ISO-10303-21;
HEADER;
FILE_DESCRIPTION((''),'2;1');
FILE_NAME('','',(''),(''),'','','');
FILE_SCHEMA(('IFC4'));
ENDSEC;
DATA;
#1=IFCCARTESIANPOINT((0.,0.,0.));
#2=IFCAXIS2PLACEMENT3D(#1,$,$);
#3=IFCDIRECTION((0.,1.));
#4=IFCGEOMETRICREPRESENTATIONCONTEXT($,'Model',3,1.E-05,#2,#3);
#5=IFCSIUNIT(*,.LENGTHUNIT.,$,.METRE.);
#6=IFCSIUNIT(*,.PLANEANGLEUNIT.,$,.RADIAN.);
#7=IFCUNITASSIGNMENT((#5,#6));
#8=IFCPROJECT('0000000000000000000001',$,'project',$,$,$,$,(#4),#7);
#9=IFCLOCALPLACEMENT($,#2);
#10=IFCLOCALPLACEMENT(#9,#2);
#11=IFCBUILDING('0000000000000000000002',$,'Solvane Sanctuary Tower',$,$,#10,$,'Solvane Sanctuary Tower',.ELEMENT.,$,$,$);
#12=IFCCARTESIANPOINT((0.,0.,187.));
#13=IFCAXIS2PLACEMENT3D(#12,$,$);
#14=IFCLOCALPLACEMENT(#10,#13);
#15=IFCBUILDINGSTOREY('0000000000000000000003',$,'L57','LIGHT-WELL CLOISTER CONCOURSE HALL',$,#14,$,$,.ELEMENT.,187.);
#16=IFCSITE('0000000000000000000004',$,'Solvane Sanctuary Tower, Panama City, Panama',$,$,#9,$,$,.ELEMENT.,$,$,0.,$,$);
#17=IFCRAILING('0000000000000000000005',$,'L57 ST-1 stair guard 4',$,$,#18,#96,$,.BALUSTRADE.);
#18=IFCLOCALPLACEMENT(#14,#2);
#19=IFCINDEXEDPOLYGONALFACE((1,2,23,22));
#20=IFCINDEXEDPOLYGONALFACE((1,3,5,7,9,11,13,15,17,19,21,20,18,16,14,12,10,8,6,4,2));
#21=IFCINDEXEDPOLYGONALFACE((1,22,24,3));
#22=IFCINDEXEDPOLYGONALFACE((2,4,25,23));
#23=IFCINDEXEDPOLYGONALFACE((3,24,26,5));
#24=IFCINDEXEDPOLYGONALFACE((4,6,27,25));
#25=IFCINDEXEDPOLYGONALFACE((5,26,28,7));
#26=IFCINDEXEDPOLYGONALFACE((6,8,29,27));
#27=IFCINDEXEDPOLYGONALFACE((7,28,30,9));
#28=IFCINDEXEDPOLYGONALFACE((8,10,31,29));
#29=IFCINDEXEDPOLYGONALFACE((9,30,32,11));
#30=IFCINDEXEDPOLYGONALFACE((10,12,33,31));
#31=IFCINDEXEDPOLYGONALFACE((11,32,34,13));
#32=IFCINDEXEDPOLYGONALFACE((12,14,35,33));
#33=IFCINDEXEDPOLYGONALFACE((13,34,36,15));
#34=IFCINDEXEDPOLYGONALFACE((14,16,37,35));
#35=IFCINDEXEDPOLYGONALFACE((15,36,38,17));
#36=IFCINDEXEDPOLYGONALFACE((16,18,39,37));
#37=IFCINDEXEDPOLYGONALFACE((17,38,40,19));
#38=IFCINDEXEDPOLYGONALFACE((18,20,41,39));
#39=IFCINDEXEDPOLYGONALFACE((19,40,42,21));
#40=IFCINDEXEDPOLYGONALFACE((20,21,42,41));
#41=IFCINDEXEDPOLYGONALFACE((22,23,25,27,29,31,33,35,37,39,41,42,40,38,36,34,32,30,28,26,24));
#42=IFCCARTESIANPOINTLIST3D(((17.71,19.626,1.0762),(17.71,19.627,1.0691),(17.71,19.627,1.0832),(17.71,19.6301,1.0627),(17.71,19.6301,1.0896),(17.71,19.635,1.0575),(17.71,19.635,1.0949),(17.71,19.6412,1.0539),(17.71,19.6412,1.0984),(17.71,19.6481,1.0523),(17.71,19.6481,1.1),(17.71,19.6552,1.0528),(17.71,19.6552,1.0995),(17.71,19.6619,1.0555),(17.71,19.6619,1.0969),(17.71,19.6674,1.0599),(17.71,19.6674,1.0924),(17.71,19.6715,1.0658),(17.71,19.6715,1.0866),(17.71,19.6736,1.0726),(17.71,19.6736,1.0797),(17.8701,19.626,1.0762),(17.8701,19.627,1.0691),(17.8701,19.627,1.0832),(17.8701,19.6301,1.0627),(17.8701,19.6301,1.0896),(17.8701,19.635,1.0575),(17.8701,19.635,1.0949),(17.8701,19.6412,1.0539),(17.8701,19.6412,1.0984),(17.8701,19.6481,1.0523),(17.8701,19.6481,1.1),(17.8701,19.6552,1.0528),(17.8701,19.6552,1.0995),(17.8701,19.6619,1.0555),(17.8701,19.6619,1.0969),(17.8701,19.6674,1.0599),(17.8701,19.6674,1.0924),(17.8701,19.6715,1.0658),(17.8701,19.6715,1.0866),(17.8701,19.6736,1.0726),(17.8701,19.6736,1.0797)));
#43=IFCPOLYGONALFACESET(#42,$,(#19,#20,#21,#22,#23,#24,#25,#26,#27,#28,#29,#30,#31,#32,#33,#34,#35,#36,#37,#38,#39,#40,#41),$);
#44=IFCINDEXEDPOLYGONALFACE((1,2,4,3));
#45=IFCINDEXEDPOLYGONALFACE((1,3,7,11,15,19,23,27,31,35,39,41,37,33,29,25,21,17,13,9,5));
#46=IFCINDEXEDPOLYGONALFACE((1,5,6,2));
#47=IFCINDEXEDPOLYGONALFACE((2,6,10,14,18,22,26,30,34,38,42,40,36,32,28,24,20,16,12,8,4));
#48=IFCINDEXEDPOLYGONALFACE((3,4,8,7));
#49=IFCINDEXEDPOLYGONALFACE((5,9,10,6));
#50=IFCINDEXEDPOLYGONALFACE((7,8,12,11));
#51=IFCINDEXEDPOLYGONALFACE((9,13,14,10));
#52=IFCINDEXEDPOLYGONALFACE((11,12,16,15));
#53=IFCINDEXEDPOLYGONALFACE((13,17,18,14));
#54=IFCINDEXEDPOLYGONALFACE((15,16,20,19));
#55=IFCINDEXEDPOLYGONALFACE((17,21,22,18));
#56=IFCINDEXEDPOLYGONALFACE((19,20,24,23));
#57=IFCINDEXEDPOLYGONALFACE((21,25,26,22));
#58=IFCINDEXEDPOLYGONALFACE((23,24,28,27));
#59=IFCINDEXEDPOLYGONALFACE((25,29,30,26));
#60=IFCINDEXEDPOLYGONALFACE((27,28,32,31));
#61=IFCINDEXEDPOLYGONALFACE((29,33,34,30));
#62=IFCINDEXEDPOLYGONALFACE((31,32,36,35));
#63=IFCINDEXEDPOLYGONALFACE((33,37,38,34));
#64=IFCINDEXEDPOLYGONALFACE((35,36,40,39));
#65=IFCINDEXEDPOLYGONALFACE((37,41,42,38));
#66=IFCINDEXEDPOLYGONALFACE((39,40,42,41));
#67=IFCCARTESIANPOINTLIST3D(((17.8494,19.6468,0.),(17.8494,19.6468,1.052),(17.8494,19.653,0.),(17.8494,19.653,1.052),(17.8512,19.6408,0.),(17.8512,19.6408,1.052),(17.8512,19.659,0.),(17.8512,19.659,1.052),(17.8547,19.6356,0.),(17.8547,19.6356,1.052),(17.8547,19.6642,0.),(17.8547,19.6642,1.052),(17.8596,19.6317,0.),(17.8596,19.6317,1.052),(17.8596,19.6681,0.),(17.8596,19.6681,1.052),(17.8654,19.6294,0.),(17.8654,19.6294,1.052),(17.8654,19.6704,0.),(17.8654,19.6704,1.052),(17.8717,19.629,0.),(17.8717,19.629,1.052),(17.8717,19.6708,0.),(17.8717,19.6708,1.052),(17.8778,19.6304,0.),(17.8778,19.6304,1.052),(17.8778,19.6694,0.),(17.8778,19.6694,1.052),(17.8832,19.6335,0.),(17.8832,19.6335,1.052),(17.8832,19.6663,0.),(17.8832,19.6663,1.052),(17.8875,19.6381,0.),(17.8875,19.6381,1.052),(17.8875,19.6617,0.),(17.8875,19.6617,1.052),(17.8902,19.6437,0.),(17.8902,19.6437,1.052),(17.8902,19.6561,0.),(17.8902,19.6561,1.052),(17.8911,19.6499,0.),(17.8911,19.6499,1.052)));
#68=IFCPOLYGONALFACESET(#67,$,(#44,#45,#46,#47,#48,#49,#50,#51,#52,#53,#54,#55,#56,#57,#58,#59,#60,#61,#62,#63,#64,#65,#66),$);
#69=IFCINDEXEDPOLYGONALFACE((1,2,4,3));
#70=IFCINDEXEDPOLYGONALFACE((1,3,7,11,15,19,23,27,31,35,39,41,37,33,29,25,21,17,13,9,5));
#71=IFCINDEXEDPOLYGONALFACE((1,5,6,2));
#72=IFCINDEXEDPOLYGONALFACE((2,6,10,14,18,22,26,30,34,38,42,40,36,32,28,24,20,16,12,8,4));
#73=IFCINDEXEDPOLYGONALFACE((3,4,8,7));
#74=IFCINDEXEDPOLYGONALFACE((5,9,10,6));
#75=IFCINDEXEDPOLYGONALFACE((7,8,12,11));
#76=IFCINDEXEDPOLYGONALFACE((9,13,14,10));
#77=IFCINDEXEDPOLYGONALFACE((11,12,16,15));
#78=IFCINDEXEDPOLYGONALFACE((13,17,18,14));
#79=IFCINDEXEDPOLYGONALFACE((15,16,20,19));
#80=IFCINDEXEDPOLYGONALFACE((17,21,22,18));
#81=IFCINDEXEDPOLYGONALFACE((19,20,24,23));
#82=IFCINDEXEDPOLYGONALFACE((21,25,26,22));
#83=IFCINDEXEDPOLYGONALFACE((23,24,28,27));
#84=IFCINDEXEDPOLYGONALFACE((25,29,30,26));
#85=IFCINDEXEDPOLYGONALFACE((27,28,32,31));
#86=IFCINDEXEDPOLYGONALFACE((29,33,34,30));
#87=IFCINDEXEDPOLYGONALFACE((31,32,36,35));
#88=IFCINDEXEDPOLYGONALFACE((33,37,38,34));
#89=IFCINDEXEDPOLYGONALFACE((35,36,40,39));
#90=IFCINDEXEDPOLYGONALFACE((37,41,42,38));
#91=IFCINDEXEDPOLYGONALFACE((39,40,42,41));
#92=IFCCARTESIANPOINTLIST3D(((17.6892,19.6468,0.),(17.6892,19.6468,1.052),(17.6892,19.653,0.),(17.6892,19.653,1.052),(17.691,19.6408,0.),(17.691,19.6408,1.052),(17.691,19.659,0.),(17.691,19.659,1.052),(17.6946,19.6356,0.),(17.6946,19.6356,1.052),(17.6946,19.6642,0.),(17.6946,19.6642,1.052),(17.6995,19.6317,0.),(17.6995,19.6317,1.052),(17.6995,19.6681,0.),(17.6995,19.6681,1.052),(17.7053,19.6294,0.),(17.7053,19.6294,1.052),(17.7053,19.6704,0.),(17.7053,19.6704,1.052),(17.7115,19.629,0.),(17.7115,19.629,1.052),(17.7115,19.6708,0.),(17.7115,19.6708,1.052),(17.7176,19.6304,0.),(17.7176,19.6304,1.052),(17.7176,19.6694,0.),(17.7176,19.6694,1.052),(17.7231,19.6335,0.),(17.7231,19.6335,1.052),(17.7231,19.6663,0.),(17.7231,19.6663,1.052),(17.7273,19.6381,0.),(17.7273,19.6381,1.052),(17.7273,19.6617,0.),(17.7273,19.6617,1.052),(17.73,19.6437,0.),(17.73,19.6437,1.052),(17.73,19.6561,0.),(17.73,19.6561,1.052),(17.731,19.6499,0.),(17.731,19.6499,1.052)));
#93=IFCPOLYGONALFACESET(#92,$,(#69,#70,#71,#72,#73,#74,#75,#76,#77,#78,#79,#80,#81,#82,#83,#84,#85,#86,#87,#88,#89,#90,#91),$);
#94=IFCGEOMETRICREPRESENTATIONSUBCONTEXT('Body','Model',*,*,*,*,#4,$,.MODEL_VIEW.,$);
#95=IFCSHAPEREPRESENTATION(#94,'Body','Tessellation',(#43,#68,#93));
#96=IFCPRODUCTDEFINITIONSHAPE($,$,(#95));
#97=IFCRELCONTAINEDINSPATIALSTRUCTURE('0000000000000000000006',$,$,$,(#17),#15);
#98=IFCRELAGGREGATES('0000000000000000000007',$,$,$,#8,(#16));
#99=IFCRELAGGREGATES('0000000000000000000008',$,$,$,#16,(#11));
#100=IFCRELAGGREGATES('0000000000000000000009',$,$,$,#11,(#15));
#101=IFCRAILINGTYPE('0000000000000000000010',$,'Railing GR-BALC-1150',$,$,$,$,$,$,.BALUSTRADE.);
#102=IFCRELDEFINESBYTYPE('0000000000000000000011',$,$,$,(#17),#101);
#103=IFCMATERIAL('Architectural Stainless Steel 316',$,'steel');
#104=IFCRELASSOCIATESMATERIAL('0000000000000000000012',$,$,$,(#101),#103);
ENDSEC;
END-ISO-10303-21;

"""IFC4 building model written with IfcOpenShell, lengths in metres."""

from ifc_helpers import new_model, si_unit, direction, frame, origin, origin_2d, place, context, subcontext, project, spatial, circle, extrude, material, type_object, element, save


model = new_model("IFC4")

# Units and contexts
model_context = context("Model", 3, precision=1e-05, world=origin(), true_north=direction((0.0, 1.0)))
body_context = subcontext(model_context, "Body", "Model", "MODEL_VIEW")
ifc_project = project(units=[si_unit("LENGTHUNIT", "METRE"), si_unit("PLANEANGLEUNIT", "RADIAN")], contexts=[model_context])

# Site, building, storey
site_placement = place(None, origin())
site = spatial("IfcSite", under=ifc_project, at=site_placement, Name="Solvane Sanctuary Tower, Panama City, Panama", CompositionType="ELEMENT", RefElevation=0.0)
building_placement = place(site_placement, origin())
building = spatial("IfcBuilding", under=site, at=building_placement, Name="Solvane Sanctuary Tower", LongName="Solvane Sanctuary Tower", CompositionType="ELEMENT")
storey_placement = place(building_placement, frame((0.0, 0.0, 187.0)))
storey = spatial("IfcBuildingStorey", under=building, at=storey_placement, Name="L57", Description="LIGHT-WELL CLOISTER CONCOURSE HALL", CompositionType="ELEMENT", Elevation=187.0)

# Shared definitions
ifc_material_1 = material(Name="Architectural Stainless Steel 316", Category="steel")

# Railing
railing_type = type_object("IfcRailingType", Name="Railing GR-BALC-1150", PredefinedType="BALUSTRADE", material=ifc_material_1)
railing_1_placement = place(storey_placement, frame((17.8701, 19.6499, 0.0)))
element("IfcRailing", 1, at=railing_1_placement, inside=storey, type_object=railing_type, Name="L57 ST-1 stair guard 4", PredefinedType="BALUSTRADE", context=body_context, shape_type="SweptSolid", body=[
    extrude(circle(Radius=0.0239, at=origin_2d()), frame((0.0, 0.0, 1.0762), z_axis=(-1.0, 0.0, 0.0), x_axis=(0.0, -1.0, 0.0)), (0.0, 0.0, 1.0), 0.1602),
    extrude(circle(Radius=0.021, at=origin_2d()), origin(), (0.0, 0.0, 1.0), 1.052),
    extrude(circle(Radius=0.021, at=origin_2d()), frame((-0.1602, 0.0, 0.0)), (0.0, 0.0, 1.0), 1.052),
])

save(model, "model.ifc")
